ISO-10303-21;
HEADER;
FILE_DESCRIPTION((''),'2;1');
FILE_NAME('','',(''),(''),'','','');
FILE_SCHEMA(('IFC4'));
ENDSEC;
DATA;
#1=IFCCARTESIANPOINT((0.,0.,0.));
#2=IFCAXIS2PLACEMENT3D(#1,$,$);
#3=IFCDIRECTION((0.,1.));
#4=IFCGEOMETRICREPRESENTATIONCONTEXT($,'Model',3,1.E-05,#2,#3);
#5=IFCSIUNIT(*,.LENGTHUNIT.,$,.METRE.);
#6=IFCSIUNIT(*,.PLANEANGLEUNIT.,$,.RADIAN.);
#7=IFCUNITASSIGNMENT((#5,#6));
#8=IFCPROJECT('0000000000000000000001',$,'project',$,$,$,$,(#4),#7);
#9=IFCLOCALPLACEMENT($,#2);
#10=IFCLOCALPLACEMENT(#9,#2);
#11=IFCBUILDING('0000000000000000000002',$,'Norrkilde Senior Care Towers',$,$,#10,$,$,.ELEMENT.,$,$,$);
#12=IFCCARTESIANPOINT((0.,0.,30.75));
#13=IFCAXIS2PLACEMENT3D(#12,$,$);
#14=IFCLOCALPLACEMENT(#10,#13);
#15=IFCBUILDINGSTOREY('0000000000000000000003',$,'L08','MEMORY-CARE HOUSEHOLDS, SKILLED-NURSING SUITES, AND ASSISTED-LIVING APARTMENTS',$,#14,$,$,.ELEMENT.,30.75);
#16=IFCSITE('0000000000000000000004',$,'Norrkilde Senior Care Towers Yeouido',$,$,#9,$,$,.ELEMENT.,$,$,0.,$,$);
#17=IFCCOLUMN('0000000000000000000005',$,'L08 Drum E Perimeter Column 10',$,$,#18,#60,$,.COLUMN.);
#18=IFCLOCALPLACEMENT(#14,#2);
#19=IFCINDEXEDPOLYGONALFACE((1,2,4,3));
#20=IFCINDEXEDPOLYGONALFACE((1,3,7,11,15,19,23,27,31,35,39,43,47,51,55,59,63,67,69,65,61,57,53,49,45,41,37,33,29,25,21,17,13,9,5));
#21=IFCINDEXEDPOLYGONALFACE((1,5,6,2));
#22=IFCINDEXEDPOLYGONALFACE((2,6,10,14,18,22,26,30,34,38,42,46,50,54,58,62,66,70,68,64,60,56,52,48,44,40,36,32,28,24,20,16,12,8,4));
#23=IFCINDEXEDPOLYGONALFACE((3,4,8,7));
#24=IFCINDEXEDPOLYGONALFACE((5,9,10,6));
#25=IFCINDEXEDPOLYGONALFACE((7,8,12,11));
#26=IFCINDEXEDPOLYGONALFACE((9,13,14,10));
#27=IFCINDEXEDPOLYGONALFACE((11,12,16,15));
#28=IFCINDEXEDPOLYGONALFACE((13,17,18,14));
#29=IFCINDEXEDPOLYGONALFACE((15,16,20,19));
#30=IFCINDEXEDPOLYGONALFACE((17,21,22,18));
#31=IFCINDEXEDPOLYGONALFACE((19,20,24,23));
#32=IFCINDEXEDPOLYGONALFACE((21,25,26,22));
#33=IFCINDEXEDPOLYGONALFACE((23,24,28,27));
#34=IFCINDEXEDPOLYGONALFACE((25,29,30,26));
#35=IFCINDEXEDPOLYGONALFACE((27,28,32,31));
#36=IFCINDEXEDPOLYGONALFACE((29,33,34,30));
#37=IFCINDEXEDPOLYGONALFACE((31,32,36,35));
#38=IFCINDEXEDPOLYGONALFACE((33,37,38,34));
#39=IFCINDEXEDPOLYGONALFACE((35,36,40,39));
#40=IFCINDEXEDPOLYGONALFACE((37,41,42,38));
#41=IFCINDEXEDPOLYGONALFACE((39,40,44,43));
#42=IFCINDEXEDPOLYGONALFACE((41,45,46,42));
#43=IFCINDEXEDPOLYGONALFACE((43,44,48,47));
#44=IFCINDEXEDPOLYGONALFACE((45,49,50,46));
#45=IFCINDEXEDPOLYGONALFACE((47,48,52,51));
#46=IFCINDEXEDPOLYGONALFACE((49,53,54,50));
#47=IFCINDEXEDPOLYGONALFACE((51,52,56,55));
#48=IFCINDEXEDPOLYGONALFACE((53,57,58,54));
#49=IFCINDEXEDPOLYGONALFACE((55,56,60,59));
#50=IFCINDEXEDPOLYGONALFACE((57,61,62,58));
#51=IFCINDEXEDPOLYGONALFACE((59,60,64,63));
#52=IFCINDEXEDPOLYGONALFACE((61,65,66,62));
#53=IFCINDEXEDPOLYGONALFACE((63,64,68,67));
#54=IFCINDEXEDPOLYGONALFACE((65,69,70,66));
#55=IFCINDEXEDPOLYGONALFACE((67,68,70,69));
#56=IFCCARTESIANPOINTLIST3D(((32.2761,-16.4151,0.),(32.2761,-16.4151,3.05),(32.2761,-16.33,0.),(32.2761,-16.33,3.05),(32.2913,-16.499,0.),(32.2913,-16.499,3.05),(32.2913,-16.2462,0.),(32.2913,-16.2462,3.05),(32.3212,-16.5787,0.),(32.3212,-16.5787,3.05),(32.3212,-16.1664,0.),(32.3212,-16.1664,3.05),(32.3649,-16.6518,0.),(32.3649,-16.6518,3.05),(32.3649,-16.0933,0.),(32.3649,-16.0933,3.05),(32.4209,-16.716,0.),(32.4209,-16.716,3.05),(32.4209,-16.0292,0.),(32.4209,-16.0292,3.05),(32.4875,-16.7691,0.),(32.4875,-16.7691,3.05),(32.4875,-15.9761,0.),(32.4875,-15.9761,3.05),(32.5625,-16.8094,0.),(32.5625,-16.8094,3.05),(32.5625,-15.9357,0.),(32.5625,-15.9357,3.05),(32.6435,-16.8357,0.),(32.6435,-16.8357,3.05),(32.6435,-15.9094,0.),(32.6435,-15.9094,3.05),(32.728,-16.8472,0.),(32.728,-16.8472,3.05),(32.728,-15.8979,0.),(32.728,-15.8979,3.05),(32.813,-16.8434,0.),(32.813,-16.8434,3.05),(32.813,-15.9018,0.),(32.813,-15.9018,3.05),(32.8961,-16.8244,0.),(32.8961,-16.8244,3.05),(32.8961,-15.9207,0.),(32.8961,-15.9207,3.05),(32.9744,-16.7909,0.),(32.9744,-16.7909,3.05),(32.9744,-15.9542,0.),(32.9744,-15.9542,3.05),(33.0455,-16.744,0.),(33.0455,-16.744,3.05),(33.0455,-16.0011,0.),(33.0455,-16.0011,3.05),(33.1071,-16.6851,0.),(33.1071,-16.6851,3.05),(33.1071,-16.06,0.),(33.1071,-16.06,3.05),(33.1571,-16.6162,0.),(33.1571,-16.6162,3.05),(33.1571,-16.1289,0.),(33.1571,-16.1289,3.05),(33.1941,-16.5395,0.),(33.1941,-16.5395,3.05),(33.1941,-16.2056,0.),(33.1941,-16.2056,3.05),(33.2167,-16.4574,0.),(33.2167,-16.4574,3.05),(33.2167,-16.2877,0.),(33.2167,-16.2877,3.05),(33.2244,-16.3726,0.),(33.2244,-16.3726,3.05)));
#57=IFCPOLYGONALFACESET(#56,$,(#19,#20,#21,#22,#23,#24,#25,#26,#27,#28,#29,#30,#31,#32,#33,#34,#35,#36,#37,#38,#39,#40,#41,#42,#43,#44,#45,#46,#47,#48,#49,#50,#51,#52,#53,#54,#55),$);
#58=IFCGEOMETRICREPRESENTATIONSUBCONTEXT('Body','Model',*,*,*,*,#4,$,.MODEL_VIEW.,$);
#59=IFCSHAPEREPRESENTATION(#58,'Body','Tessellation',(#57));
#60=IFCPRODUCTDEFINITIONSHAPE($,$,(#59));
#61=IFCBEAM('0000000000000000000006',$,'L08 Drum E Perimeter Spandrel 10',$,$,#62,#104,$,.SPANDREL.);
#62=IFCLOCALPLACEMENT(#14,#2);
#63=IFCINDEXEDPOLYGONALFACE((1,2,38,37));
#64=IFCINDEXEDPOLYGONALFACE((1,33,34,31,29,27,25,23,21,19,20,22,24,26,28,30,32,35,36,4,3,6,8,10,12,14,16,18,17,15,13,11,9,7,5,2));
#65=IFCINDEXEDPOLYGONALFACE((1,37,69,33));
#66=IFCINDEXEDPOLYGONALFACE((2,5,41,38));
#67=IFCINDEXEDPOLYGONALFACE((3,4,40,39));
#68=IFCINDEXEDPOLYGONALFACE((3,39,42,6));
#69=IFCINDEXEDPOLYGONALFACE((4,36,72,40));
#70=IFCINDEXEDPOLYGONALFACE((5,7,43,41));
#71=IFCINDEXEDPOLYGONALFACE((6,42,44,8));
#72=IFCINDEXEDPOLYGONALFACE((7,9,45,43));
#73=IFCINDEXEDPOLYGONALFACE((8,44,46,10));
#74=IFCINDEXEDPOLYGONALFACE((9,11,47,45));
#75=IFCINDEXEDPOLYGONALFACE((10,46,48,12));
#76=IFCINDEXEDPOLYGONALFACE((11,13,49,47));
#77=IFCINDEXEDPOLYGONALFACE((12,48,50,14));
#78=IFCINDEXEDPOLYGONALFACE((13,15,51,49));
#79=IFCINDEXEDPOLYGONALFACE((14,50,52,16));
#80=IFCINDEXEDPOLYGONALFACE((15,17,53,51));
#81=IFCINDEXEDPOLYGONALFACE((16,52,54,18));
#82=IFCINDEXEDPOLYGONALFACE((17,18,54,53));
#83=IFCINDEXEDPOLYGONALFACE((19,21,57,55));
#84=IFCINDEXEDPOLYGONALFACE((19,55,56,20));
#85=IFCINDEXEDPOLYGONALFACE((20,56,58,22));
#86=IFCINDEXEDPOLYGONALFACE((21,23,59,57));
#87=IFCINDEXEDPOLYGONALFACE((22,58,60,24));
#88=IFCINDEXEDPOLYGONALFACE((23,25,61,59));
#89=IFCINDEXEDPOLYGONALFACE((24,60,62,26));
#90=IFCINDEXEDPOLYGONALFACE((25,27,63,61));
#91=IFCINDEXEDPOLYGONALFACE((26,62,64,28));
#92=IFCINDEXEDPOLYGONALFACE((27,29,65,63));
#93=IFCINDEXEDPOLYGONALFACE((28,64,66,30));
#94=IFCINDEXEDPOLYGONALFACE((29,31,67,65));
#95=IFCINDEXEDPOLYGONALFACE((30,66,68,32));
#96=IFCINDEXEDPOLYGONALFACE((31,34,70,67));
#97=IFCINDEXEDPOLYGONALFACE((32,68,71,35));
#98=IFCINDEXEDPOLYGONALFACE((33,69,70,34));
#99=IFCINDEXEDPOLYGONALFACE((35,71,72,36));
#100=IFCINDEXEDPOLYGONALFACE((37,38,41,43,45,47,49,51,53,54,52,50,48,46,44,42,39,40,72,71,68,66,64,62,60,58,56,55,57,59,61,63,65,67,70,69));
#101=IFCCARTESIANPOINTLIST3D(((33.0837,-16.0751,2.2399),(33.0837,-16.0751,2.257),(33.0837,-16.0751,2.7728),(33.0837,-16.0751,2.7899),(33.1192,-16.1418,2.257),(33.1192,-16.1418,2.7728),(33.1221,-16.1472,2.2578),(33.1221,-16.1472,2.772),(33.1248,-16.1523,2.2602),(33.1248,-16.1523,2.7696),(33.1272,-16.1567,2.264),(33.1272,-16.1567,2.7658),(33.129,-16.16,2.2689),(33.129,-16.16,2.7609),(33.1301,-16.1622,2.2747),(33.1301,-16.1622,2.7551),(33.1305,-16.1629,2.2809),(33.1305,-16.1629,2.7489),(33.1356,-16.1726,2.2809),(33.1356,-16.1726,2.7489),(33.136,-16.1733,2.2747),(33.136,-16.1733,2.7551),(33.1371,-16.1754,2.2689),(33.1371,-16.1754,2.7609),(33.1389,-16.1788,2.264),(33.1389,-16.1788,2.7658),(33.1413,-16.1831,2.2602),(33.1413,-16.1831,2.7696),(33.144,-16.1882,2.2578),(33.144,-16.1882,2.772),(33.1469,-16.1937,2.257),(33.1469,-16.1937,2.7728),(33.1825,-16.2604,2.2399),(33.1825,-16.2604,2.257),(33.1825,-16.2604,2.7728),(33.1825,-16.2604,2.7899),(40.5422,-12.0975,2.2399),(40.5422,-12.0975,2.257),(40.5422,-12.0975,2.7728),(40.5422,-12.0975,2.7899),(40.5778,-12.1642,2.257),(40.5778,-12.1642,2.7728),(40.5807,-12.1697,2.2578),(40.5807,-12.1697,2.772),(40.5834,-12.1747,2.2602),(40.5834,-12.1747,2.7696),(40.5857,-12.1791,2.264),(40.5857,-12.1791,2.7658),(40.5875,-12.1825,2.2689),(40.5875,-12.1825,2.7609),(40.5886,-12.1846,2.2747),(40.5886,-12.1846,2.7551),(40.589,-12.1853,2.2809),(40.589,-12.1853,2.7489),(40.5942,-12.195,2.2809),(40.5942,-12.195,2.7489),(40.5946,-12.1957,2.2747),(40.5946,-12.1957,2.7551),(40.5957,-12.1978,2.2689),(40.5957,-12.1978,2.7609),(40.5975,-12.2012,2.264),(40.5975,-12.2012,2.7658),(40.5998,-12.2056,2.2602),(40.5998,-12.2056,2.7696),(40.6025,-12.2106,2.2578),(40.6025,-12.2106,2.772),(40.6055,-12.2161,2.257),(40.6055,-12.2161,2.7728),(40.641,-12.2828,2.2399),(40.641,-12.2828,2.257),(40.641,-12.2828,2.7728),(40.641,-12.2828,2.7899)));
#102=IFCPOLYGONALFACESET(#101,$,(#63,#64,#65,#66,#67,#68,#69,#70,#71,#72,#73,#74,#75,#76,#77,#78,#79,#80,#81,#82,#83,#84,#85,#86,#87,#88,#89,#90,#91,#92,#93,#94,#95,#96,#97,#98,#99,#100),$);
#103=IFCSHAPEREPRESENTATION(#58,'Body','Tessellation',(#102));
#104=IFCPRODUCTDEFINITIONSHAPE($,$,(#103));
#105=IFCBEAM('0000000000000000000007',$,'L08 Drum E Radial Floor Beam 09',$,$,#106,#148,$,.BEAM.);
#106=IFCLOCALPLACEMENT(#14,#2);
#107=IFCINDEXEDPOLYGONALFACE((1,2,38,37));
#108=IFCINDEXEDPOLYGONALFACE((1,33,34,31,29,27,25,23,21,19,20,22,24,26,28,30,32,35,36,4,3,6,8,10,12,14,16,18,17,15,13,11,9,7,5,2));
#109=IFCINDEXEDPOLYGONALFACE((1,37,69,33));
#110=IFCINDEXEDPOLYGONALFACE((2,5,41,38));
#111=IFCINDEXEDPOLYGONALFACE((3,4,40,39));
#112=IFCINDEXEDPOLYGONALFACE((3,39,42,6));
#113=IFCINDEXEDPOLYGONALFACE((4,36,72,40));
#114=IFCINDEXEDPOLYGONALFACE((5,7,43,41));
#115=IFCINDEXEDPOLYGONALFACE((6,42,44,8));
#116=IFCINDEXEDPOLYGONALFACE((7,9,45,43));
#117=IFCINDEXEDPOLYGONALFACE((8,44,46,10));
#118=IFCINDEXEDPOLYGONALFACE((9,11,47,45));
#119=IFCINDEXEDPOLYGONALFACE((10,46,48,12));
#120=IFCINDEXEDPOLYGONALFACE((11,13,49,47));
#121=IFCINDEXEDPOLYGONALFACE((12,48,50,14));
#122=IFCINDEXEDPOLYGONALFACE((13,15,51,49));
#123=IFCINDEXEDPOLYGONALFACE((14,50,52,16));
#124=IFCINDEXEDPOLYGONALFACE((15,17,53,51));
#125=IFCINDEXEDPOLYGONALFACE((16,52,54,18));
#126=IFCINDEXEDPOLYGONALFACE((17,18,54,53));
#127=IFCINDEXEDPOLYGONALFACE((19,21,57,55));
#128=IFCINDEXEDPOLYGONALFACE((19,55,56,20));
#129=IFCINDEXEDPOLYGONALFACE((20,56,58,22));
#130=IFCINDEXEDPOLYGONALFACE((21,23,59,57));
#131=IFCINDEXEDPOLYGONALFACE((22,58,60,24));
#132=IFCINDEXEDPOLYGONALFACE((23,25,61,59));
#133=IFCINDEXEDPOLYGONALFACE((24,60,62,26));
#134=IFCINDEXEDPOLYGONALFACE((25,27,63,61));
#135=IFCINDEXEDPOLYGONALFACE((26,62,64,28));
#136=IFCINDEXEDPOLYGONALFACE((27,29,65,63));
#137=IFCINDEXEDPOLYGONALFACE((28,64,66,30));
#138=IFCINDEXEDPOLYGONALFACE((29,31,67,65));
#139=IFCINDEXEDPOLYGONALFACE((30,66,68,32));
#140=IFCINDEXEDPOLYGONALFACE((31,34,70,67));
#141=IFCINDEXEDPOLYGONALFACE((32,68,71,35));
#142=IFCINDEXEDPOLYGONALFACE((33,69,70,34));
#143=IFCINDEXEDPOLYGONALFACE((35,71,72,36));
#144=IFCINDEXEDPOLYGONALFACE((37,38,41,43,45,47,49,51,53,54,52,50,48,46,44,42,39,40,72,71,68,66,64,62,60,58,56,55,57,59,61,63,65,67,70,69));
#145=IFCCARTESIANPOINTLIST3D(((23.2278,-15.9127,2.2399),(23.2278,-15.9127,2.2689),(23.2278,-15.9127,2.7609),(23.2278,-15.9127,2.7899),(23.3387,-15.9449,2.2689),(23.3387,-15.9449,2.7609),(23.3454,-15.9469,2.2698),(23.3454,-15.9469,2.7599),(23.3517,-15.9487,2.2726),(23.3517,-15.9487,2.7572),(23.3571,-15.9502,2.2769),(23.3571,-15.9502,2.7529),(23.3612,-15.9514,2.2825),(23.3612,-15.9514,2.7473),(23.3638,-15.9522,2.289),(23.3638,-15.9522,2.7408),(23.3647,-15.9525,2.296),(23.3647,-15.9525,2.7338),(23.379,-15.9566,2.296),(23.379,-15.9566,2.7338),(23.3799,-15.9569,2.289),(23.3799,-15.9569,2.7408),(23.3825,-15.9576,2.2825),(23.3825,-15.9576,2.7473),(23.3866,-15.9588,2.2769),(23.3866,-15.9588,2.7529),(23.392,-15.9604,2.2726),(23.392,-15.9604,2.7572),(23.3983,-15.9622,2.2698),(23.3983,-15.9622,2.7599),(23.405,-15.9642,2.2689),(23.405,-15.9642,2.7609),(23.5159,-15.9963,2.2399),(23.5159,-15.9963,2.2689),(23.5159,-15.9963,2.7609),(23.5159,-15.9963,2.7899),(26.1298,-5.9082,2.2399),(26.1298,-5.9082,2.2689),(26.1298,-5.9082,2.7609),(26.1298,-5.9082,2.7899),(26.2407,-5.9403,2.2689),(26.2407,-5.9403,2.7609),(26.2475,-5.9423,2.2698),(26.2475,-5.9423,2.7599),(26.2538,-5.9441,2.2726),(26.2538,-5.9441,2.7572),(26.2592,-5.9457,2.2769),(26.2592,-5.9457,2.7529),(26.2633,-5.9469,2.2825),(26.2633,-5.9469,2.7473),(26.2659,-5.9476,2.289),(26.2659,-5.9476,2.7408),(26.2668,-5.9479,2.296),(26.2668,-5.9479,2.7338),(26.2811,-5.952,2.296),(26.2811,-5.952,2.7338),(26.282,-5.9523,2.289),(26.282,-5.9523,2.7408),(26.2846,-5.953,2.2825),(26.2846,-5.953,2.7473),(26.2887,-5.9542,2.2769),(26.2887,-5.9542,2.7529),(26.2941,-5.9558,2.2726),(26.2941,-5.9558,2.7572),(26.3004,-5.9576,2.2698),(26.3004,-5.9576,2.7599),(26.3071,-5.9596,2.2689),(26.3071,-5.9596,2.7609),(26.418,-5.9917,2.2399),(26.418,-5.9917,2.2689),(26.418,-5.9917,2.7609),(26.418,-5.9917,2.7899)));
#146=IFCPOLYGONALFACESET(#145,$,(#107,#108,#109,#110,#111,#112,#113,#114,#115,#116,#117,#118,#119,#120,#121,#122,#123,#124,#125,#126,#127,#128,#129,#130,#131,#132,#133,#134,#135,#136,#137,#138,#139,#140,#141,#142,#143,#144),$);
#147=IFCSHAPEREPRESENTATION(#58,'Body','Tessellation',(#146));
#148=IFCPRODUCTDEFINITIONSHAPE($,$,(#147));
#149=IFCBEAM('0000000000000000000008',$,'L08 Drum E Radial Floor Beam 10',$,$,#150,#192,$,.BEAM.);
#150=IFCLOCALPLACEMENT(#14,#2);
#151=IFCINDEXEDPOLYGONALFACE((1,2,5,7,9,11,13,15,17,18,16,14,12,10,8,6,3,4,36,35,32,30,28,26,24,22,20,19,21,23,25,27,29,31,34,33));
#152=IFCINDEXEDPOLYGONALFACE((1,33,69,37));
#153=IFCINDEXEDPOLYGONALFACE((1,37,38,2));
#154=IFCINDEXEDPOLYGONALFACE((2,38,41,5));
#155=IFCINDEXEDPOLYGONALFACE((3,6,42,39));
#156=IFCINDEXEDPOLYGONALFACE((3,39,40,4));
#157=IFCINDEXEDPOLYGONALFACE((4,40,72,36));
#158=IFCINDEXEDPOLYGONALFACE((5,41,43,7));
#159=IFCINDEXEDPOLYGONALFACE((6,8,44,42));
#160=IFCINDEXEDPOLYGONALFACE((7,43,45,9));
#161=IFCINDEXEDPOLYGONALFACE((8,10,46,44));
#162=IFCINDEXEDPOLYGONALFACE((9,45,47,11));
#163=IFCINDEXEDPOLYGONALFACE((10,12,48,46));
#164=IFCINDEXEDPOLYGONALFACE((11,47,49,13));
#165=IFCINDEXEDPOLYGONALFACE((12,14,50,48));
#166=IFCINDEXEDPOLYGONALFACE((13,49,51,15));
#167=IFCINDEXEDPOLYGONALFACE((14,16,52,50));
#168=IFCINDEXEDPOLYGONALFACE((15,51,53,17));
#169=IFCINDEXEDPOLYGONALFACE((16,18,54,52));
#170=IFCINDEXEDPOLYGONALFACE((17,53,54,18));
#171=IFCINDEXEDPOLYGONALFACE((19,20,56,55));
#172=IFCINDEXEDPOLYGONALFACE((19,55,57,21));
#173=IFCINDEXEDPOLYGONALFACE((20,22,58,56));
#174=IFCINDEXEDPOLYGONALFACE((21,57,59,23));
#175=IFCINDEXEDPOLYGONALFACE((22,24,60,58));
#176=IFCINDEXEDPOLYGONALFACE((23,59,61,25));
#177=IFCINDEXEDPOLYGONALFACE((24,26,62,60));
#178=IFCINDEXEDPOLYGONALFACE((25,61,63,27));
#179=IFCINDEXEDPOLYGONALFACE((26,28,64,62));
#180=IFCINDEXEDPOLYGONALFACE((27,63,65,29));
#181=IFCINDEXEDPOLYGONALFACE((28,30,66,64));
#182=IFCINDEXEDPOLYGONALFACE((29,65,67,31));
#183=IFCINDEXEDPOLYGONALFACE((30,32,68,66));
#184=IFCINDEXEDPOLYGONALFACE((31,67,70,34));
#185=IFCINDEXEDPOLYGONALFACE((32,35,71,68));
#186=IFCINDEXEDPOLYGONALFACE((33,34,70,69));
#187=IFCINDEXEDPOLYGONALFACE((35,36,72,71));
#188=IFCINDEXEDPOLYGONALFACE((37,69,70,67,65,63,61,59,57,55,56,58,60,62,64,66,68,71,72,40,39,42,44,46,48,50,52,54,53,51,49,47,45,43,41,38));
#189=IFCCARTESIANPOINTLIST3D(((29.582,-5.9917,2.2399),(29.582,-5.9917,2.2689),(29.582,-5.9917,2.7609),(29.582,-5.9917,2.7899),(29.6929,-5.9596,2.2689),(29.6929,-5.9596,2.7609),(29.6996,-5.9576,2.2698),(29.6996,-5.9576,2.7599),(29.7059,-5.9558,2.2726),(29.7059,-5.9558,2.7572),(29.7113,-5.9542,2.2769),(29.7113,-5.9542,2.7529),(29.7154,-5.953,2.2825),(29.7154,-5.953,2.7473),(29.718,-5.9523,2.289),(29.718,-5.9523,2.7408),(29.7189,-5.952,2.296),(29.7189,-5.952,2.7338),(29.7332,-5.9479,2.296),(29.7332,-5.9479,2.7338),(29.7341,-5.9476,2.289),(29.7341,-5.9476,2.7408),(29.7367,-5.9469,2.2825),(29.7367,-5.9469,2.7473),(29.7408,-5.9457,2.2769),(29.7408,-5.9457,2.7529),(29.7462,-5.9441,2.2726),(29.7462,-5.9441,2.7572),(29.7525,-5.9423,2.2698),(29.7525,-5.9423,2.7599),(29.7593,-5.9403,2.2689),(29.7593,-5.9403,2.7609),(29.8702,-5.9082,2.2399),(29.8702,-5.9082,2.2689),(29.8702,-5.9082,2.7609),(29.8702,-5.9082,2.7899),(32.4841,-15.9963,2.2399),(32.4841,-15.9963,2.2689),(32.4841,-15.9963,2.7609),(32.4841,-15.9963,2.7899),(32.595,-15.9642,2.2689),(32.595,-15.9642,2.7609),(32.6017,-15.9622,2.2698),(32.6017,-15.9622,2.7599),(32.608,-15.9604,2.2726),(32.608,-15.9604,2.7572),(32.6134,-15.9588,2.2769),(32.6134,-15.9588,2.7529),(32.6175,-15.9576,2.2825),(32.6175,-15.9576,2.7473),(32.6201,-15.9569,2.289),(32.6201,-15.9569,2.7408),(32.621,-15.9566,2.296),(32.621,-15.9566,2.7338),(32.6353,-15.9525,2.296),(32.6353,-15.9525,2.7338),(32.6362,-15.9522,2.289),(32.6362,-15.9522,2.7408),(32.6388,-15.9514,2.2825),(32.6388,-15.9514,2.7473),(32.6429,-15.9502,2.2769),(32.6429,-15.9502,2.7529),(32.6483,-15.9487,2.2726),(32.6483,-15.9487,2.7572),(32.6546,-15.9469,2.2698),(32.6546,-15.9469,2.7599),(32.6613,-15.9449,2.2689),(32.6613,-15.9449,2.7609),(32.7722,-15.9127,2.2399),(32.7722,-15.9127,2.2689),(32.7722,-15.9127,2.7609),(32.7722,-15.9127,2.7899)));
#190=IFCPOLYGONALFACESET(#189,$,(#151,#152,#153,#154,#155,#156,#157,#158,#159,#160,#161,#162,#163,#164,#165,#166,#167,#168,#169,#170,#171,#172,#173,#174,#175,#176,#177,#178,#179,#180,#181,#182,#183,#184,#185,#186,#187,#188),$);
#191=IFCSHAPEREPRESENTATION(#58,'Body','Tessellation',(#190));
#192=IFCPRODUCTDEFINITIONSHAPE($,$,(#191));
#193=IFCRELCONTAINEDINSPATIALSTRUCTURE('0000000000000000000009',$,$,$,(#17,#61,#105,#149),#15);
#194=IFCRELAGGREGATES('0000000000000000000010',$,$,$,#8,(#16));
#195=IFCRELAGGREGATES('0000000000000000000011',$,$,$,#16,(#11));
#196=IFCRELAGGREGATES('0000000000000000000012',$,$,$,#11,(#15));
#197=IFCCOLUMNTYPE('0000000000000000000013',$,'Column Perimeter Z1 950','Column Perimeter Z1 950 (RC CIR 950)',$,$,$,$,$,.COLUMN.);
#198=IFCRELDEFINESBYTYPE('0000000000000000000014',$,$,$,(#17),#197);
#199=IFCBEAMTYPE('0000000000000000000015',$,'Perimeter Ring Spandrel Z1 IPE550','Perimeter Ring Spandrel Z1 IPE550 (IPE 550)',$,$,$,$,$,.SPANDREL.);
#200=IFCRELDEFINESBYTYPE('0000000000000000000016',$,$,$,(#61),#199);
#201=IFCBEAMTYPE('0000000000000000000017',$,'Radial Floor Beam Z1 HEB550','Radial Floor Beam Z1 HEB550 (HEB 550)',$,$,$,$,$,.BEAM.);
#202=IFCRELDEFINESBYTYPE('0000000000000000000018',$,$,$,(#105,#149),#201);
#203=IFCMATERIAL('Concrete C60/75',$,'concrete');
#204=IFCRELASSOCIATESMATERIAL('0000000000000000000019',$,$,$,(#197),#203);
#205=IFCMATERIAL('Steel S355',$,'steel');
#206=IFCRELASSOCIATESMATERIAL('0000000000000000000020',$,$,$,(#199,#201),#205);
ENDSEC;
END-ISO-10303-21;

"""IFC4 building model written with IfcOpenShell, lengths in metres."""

from ifc_helpers import new_model, si_unit, direction, frame, origin, origin_2d, place, context, subcontext, project, spatial, circle, i_section, extrude, source, transform, mapped, material, material_profile, profile_set, type_object, type_shapes, element, save


model = new_model("IFC4")

# Units and contexts
model_context = context("Model", 3, precision=1e-05, world=origin(), true_north=direction((0.0, 1.0)))
body_context = subcontext(model_context, "Body", "Model", "MODEL_VIEW")
ifc_project = project(units=[si_unit("LENGTHUNIT", "METRE"), si_unit("PLANEANGLEUNIT", "RADIAN")], contexts=[model_context])

# Site, building, storey
site_placement = place(None, origin())
site = spatial("IfcSite", under=ifc_project, at=site_placement, Name="Norrkilde Senior Care Towers Yeouido", CompositionType="ELEMENT", RefElevation=0.0)
building_placement = place(site_placement, origin())
building = spatial("IfcBuilding", under=site, at=building_placement, Name="Norrkilde Senior Care Towers", CompositionType="ELEMENT")
storey_placement = place(building_placement, frame((0.0, 0.0, 30.75)))
storey = spatial("IfcBuildingStorey", under=building, at=storey_placement, Name="L08", Description="MEMORY-CARE HOUSEHOLDS, SKILLED-NURSING SUITES, AND ASSISTED-LIVING APARTMENTS", CompositionType="ELEMENT", Elevation=30.75)

# Column
ifc_material_1 = material(Name="Concrete C60/75", Category="concrete")
ifc_material_profile_1 = material_profile(ifc_material_1, circle(Radius=0.4751, at=origin_2d()), Name="RC CIR 950")
ifc_profile_set_1 = profile_set([ifc_material_profile_1], Name="Concrete C60/75")
column_type = type_object("IfcColumnType", Name="Column Perimeter Z1 950", Description="Column Perimeter Z1 950 (RC CIR 950)", PredefinedType="COLUMN", material=ifc_profile_set_1)
shared_shape_1 = source(origin(), body_context, "Body", "SweptSolid", [
    extrude(circle(Radius=0.4751, at=origin_2d()), origin(), (0.0, 0.0, 1.0), 3.05),
])
type_shapes(column_type, [shared_shape_1])
column_placement = place(storey_placement, frame((32.7493, -16.3726, 0.0), z_axis=(0.0, 0.0, 1.0), x_axis=(1.0, 0.0, 0.0)))
element("IfcColumn", 1, at=column_placement, inside=storey, type_object=column_type, Name="L08 Drum E Perimeter Column 10", PredefinedType="COLUMN", context=body_context, shape_type="MappedRepresentation", body=[
    mapped(shared_shape_1, transform((0.0, 0.0, 0.0), x_axis=(1.0, 0.0, 0.0), y_axis=(0.0, 1.0, 0.0), z_axis=(0.0, 0.0, 1.0), scale=1.0)),
])

# Beams
ifc_material_2 = material(Name="Steel S355", Category="steel")
ifc_material_profile_2 = material_profile(ifc_material_2, i_section(OverallWidth=0.21, OverallDepth=0.55, WebThickness=0.011, FlangeThickness=0.0171, FilletRadius=0.0239, at=origin_2d()), Name="IPE 550")
ifc_profile_set_2 = profile_set([ifc_material_profile_2], Name="Steel S355")
beam_type_1 = type_object("IfcBeamType", Name="Perimeter Ring Spandrel Z1 IPE550", Description="Perimeter Ring Spandrel Z1 IPE550 (IPE 550)", PredefinedType="SPANDREL", material=ifc_profile_set_2)
shared_shape_2 = source(origin(), body_context, "Body", "SweptSolid", [
    extrude(i_section(OverallWidth=0.21, OverallDepth=0.55, WebThickness=0.011, FlangeThickness=0.0171, FilletRadius=0.0239, at=origin_2d()), origin(), (0.0, 0.0, 1.0), 8.4529),
])
type_shapes(beam_type_1, [shared_shape_2])
beam_1_placement = place(storey_placement, frame((33.1331, -16.1677, 2.5149), z_axis=(0.882369, 0.470558, 0.0), x_axis=(-0.470558, 0.882369, 0.0)))
element("IfcBeam", 2, at=beam_1_placement, inside=storey, type_object=beam_type_1, Name="L08 Drum E Perimeter Spandrel 10", PredefinedType="SPANDREL", context=body_context, shape_type="MappedRepresentation", body=[
    mapped(shared_shape_2, transform((0.0, 0.0, 0.0), x_axis=(1.0, 0.0, 0.0), y_axis=(0.0, 1.0, 0.0), z_axis=(0.0, 0.0, 1.0), scale=1.0)),
])
ifc_material_profile_3 = material_profile(ifc_material_2, i_section(OverallWidth=0.3, OverallDepth=0.55, WebThickness=0.0149, FlangeThickness=0.0291, FilletRadius=0.0271, at=origin_2d()), Name="HEB 550")
ifc_profile_set_3 = profile_set([ifc_material_profile_3], Name="Steel S355")
beam_type_2 = type_object("IfcBeamType", Name="Radial Floor Beam Z1 HEB550", Description="Radial Floor Beam Z1 HEB550 (HEB 550)", PredefinedType="BEAM", material=ifc_profile_set_3)
shared_shape_3 = source(origin(), body_context, "Body", "SweptSolid", [
    extrude(i_section(OverallWidth=0.3, OverallDepth=0.55, WebThickness=0.0149, FlangeThickness=0.0291, FilletRadius=0.0271, at=origin_2d()), origin(), (0.0, 0.0, 1.0), 10.417),
])
type_shapes(beam_type_2, [shared_shape_3])
for number, where, z_axis, x_axis, name in (
    (3, (26.2739, -5.95, 2.5149), (-0.278591, -0.96041, 0.0), (0.96041, -0.278591, 0.0), "L08 Drum E Radial Floor Beam 09"),
    (4, (29.7261, -5.95, 2.5149), (0.278591, -0.96041, 0.0), (0.96041, 0.278591, 0.0), "L08 Drum E Radial Floor Beam 10"),
):
    element("IfcBeam", number, at=place(storey_placement, frame(where, z_axis=z_axis, x_axis=x_axis)), inside=storey, type_object=beam_type_2, Name=name, PredefinedType="BEAM", context=body_context, shape_type="MappedRepresentation", body=[
        mapped(shared_shape_3, transform((0.0, 0.0, 0.0), x_axis=(1.0, 0.0, 0.0), y_axis=(0.0, 1.0, 0.0), z_axis=(0.0, 0.0, 1.0), scale=1.0)),
    ])

save(model, "model.ifc")
